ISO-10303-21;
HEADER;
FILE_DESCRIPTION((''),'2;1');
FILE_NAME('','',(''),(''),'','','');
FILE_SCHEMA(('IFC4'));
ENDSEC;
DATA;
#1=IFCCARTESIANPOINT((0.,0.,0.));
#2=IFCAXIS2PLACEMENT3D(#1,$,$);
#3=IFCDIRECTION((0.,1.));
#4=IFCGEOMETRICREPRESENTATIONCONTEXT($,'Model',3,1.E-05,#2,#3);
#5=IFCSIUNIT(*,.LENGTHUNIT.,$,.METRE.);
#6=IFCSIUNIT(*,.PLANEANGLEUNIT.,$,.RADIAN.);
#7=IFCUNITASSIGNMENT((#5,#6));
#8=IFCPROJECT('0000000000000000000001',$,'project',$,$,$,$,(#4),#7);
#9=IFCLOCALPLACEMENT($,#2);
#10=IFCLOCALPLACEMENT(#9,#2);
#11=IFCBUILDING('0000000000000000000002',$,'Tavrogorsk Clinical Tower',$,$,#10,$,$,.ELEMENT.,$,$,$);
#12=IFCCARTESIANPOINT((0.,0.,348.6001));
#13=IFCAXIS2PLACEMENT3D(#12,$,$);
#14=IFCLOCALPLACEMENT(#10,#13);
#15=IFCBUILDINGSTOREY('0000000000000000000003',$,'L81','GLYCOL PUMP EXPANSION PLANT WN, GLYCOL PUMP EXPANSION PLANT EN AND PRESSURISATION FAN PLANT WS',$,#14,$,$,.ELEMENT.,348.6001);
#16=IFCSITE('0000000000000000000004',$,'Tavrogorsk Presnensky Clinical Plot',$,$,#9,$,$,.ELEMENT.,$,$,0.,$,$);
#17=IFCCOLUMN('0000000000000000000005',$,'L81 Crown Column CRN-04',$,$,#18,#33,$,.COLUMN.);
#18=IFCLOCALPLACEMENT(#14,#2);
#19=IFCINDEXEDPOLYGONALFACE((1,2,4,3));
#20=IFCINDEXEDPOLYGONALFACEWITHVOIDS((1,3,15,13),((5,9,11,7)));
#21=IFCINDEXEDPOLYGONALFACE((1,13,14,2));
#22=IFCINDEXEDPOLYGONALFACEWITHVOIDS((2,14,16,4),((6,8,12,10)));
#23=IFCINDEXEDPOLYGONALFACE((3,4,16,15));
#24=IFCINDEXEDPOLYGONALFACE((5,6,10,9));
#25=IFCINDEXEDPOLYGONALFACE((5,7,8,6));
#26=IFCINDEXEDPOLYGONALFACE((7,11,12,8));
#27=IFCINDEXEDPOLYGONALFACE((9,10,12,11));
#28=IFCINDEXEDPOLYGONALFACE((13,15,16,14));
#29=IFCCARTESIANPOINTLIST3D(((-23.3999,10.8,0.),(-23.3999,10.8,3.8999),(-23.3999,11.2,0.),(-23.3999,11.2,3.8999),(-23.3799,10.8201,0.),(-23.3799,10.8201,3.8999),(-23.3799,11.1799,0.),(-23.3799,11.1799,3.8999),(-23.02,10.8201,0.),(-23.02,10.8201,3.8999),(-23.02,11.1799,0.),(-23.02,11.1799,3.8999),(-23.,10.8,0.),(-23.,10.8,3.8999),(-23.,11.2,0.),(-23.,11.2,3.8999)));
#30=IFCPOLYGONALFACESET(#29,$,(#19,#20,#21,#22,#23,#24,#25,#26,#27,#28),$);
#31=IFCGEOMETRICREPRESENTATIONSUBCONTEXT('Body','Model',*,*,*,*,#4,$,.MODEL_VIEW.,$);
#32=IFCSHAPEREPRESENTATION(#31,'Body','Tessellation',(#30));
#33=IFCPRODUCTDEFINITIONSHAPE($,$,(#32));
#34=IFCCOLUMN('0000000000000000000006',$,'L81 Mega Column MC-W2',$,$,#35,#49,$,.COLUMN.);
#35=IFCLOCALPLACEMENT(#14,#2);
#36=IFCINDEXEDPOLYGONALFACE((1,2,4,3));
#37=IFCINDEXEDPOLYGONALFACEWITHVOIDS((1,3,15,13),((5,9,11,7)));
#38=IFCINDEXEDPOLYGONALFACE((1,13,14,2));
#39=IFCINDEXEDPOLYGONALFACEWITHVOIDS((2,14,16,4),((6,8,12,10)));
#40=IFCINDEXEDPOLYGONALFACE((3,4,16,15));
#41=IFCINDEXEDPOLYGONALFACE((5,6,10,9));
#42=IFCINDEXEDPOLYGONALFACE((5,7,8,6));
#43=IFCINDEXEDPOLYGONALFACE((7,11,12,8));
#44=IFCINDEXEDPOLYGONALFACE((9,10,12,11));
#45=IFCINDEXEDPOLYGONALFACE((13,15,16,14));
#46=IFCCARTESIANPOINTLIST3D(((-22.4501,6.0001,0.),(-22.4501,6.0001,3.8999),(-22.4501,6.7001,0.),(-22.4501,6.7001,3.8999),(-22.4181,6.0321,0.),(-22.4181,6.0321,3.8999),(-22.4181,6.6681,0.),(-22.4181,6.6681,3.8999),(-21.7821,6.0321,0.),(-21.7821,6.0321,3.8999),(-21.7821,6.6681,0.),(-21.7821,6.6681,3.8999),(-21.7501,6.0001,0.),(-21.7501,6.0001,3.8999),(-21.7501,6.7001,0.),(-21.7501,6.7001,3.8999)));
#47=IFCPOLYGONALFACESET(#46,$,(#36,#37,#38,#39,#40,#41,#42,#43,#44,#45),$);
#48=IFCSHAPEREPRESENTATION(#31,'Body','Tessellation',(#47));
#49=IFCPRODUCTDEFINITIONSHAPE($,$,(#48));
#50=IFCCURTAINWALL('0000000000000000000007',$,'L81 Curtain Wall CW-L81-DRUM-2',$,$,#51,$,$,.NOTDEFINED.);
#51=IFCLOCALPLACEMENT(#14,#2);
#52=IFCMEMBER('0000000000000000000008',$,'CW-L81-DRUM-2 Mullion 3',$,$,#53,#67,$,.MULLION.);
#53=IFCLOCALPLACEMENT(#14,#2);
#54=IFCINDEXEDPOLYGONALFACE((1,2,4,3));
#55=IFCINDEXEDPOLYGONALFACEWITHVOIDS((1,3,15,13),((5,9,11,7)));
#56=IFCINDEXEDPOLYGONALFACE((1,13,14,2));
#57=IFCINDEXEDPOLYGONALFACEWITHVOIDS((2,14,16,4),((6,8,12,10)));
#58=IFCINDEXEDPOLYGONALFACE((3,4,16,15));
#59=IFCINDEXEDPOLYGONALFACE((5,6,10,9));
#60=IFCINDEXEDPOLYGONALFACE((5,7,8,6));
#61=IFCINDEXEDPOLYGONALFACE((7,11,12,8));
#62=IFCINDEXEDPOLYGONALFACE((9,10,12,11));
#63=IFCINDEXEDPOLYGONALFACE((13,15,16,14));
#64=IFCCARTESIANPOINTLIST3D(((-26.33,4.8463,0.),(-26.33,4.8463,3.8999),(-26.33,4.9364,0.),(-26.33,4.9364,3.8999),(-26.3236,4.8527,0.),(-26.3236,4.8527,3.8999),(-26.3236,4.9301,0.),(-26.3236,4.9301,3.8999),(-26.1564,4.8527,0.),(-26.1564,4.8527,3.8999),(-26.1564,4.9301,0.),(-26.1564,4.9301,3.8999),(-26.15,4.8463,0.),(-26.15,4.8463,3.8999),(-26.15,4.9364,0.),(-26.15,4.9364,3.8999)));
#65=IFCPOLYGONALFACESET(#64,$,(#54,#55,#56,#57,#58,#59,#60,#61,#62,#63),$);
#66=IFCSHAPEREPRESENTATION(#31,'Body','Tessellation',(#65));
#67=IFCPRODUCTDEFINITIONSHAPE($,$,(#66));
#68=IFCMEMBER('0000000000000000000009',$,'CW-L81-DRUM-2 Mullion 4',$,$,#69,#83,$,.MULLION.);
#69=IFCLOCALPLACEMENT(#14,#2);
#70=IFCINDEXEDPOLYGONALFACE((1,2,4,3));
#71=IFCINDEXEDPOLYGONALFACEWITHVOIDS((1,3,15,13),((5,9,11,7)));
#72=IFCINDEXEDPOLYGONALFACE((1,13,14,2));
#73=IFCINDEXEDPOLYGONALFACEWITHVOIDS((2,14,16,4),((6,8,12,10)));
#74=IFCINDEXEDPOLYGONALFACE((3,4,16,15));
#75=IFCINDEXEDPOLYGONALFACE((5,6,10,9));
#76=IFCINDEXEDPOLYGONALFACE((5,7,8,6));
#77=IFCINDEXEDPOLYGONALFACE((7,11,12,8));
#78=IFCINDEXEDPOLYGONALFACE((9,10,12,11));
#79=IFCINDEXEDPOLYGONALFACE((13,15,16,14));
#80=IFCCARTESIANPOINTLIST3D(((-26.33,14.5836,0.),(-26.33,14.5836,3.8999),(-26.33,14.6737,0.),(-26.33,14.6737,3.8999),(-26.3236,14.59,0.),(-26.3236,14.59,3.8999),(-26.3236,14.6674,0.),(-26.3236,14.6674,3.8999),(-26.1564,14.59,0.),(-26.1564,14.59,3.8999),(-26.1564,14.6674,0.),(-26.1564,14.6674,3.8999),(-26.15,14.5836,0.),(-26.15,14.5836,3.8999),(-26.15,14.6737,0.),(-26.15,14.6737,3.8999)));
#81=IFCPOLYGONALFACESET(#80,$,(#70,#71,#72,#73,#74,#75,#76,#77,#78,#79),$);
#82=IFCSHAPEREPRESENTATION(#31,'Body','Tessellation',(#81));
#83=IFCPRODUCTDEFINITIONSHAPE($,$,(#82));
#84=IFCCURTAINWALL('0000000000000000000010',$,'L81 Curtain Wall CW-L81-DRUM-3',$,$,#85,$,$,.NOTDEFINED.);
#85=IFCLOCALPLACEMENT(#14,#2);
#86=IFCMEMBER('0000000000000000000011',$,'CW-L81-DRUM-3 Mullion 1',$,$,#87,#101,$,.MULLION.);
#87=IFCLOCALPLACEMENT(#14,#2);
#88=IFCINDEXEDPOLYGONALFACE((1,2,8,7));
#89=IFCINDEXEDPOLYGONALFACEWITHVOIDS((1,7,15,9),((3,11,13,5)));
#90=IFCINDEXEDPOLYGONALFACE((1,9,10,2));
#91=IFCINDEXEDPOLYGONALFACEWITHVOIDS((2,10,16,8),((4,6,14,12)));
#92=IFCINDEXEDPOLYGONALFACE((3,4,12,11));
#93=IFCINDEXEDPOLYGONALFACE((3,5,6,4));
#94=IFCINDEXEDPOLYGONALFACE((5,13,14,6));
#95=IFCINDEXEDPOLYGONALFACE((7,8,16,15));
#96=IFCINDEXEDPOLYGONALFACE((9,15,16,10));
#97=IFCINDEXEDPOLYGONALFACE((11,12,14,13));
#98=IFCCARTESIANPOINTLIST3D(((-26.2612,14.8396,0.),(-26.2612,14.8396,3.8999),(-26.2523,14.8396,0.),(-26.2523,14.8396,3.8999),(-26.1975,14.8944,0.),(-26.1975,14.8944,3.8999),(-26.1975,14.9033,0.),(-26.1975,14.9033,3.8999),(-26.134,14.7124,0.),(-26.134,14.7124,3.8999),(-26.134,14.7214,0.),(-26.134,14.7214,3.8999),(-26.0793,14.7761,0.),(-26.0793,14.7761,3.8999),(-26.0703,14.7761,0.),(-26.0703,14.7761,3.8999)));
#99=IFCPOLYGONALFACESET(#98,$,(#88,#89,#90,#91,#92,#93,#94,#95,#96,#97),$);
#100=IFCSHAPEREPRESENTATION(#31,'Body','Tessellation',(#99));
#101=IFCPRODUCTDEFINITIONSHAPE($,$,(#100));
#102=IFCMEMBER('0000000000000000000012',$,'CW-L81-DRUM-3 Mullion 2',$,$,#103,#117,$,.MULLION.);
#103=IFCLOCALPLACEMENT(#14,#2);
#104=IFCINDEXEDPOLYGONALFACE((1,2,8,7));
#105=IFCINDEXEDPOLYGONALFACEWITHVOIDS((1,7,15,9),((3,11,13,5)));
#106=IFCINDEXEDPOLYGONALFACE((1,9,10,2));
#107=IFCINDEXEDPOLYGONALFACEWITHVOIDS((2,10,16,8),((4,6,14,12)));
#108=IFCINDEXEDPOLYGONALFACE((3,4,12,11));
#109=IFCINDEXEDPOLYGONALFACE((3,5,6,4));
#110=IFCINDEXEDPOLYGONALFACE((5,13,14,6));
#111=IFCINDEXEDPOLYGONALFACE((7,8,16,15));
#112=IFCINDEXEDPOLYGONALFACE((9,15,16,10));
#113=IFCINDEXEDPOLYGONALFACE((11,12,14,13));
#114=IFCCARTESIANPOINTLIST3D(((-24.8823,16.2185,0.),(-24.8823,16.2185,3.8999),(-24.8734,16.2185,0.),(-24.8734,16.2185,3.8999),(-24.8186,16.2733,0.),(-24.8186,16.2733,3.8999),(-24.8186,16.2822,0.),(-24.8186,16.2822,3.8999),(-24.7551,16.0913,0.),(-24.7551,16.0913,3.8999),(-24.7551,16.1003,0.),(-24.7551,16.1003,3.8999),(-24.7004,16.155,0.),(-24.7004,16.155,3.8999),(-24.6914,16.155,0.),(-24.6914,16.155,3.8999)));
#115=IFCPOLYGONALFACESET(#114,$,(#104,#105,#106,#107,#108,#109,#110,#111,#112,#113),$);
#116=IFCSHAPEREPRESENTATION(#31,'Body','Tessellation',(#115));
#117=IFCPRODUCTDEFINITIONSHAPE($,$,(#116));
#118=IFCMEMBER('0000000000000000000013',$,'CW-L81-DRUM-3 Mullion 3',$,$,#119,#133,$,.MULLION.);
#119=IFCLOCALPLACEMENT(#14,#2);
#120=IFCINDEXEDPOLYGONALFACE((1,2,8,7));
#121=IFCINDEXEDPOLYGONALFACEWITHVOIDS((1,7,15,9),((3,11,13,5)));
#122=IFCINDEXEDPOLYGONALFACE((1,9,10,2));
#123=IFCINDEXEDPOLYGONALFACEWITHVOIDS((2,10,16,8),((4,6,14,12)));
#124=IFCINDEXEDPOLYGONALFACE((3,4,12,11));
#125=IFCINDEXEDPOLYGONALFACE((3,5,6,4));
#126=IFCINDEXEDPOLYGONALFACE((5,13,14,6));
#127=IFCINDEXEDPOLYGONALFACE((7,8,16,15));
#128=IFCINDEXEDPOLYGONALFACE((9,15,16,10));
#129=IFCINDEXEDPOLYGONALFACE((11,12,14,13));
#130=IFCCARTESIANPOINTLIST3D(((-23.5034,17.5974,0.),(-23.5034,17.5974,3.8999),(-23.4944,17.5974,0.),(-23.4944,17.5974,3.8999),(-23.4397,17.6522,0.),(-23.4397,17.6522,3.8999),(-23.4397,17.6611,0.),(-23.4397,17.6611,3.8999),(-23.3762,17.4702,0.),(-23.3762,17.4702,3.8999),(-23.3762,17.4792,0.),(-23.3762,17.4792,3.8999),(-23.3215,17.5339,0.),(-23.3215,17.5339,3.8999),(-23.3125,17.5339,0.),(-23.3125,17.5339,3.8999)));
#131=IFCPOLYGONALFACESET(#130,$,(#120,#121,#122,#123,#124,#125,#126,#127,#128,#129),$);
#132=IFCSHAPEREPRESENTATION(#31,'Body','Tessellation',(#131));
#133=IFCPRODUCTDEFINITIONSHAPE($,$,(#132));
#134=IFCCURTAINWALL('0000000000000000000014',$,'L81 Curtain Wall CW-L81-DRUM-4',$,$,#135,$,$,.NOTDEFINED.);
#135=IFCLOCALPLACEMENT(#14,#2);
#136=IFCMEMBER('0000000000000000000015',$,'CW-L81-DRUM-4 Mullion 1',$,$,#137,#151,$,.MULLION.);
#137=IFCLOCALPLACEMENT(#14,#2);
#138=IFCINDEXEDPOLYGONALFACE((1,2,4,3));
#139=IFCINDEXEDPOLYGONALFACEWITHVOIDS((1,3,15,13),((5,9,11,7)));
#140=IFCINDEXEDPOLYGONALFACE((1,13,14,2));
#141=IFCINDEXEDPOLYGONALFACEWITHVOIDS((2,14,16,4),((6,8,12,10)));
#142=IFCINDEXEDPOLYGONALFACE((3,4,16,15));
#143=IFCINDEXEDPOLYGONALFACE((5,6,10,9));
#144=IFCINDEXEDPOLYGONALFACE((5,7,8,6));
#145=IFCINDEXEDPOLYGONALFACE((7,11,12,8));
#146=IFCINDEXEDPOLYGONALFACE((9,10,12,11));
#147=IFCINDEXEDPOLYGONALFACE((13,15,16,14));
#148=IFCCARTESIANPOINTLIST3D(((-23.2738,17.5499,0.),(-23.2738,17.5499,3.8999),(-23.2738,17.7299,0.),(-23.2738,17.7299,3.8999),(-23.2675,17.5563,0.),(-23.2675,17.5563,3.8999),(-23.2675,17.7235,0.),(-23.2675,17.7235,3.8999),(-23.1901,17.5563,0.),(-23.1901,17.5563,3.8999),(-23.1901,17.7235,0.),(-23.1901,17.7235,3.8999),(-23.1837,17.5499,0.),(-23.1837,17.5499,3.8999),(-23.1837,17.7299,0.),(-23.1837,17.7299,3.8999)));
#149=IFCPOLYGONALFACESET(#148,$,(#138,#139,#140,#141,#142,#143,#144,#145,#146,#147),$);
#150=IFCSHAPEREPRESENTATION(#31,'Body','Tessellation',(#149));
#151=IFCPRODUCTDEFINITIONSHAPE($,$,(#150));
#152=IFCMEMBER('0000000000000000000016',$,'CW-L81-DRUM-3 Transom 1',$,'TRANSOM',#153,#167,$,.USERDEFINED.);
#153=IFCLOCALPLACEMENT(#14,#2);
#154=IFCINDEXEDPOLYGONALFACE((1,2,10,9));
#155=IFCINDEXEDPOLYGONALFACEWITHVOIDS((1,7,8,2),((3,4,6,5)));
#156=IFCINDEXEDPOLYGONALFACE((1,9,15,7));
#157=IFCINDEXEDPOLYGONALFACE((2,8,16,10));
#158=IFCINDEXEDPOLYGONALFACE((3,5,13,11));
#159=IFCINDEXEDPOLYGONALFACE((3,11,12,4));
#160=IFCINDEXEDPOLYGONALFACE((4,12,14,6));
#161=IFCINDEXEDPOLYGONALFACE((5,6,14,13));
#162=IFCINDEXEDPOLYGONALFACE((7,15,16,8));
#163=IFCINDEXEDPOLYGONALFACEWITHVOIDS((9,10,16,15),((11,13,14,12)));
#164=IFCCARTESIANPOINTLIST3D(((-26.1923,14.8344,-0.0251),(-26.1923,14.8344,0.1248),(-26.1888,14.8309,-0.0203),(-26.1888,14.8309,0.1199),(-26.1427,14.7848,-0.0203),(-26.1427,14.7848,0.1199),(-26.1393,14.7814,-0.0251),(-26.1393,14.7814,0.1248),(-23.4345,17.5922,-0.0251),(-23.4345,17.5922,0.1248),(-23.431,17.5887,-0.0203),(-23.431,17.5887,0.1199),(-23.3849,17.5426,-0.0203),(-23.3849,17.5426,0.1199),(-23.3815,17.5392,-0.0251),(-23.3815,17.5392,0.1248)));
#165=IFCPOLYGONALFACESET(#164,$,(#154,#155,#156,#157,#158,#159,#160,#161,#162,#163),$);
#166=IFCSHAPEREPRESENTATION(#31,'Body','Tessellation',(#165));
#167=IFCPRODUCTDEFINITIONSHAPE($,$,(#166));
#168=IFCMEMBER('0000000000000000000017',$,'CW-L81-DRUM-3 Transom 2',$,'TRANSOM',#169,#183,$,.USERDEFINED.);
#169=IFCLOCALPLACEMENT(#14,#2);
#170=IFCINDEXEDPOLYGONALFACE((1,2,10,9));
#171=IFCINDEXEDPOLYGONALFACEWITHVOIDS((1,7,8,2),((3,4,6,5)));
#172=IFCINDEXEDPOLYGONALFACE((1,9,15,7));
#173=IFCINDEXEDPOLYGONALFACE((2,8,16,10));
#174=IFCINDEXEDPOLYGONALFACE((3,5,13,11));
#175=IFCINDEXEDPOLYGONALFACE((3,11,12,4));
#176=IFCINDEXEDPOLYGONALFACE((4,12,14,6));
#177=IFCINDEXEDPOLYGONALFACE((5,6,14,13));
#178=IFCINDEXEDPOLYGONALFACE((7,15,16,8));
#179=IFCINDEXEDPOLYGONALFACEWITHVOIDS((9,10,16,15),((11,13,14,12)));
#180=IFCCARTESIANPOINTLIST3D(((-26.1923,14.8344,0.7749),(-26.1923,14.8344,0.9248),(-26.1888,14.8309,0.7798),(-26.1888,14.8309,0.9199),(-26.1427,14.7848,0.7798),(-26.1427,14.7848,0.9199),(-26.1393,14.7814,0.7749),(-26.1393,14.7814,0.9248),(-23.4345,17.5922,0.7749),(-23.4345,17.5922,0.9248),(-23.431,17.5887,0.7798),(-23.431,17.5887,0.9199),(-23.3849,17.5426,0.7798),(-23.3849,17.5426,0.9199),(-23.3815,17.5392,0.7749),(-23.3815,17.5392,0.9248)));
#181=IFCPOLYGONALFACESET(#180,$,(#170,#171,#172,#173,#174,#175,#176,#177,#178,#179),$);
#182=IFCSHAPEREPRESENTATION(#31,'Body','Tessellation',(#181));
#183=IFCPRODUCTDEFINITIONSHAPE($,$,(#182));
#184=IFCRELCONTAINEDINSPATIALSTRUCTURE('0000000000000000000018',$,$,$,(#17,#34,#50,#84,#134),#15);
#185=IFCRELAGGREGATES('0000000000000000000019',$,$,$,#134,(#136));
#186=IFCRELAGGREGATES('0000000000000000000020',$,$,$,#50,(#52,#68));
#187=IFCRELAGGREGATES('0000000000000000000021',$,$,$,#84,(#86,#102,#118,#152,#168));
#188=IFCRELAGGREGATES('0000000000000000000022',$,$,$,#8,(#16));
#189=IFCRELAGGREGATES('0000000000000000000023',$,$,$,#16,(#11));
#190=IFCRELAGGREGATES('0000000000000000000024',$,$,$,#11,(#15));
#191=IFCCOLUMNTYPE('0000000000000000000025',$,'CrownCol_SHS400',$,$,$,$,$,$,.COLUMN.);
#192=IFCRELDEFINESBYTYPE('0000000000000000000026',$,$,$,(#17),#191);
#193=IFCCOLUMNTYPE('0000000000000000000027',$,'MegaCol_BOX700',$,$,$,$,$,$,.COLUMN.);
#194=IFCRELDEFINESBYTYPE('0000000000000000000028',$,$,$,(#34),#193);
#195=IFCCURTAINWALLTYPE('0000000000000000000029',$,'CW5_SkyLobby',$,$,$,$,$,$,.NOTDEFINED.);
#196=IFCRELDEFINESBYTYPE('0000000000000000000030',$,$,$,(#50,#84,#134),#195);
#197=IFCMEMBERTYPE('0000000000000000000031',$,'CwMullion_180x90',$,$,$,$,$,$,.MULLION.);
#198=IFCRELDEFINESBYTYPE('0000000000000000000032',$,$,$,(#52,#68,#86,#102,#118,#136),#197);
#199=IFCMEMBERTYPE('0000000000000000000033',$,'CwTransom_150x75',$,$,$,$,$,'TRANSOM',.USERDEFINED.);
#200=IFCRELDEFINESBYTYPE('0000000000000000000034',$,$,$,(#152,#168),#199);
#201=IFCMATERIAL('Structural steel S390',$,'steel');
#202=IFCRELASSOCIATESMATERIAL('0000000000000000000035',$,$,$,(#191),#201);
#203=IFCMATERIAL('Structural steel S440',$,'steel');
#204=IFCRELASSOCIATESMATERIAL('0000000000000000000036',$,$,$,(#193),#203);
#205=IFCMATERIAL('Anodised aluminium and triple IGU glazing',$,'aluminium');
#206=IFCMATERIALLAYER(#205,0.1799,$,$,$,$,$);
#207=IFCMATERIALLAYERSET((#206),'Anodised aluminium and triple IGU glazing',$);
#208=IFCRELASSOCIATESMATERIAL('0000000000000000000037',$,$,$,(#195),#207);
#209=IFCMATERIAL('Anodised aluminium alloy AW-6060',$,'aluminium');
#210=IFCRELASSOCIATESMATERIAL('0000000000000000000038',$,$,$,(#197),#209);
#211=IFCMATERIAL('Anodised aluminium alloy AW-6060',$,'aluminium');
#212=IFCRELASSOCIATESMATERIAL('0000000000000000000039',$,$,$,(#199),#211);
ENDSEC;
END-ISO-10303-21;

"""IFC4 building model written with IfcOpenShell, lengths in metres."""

from ifc_helpers import new_model, si_unit, direction, frame, origin, origin_2d, place, context, subcontext, project, spatial, hollow_rectangle, extrude, material, layer, layer_set, material_profile, profile_set, type_object, element, aggregate, save


model = new_model("IFC4")

# Units and contexts
model_context = context("Model", 3, precision=1e-05, world=origin(), true_north=direction((0.0, 1.0)))
body_context = subcontext(model_context, "Body", "Model", "MODEL_VIEW")
ifc_project = project(units=[si_unit("LENGTHUNIT", "METRE"), si_unit("PLANEANGLEUNIT", "RADIAN")], contexts=[model_context])

# Site, building, storey
site_placement = place(None, origin())
site = spatial("IfcSite", under=ifc_project, at=site_placement, Name="Tavrogorsk Presnensky Clinical Plot", CompositionType="ELEMENT", RefElevation=0.0)
building_placement = place(site_placement, origin())
building = spatial("IfcBuilding", under=site, at=building_placement, Name="Tavrogorsk Clinical Tower", CompositionType="ELEMENT")
storey_placement = place(building_placement, frame((0.0, 0.0, 348.6001)))
storey = spatial("IfcBuildingStorey", under=building, at=storey_placement, Name="L81", Description="GLYCOL PUMP EXPANSION PLANT WN, GLYCOL PUMP EXPANSION PLANT EN AND PRESSURISATION FAN PLANT WS", CompositionType="ELEMENT", Elevation=348.6001)

# Columns
ifc_material_1 = material(Name="Structural steel S390", Category="steel")
ifc_material_profile_1 = material_profile(ifc_material_1, hollow_rectangle(XDim=0.3999, YDim=0.3999, WallThickness=0.02, at=origin_2d()), Name="SHS-400x400x20")
ifc_profile_set_1 = profile_set([ifc_material_profile_1], Name="Structural steel S390")
column_type_1 = type_object("IfcColumnType", Name="CrownCol_SHS400", PredefinedType="COLUMN", material=ifc_profile_set_1)
column_1_placement = place(storey_placement, frame((-23.2, 11.0, 0.0), z_axis=(0.0, 0.0, 1.0), x_axis=(1.0, 0.0, 0.0)))
element("IfcColumn", 1, at=column_1_placement, inside=storey, type_object=column_type_1, Name="L81 Crown Column CRN-04", PredefinedType="COLUMN", context=body_context, shape_type="SweptSolid", body=[
    extrude(hollow_rectangle(XDim=0.3999, YDim=0.3999, WallThickness=0.02, at=origin_2d()), origin(), (0.0, 0.0, 1.0), 3.8999),
])
ifc_material_2 = material(Name="Structural steel S440", Category="steel")
ifc_material_profile_2 = material_profile(ifc_material_2, hollow_rectangle(XDim=0.7, YDim=0.7, WallThickness=0.032, at=origin_2d()), Name="BOX-700x700x32")
ifc_profile_set_2 = profile_set([ifc_material_profile_2], Name="Structural steel S440")
column_type_2 = type_object("IfcColumnType", Name="MegaCol_BOX700", PredefinedType="COLUMN", material=ifc_profile_set_2)
column_2_placement = place(storey_placement, frame((-22.1001, 6.3501, 0.0), z_axis=(0.0, 0.0, 1.0), x_axis=(1.0, 0.0, 0.0)))
element("IfcColumn", 2, at=column_2_placement, inside=storey, type_object=column_type_2, Name="L81 Mega Column MC-W2", PredefinedType="COLUMN", context=body_context, shape_type="SweptSolid", body=[
    extrude(hollow_rectangle(XDim=0.7, YDim=0.7, WallThickness=0.032, at=origin_2d()), origin(), (0.0, 0.0, 1.0), 3.8999),
])

# Curtain walls, members
ifc_material_3 = material(Name="Anodised aluminium and triple IGU glazing", Category="aluminium")
ifc_layer_1 = layer(ifc_material_3, 0.1799)
ifc_layer_set_1 = layer_set([ifc_layer_1], Name="Anodised aluminium and triple IGU glazing")
curtain_wall_type = type_object("IfcCurtainWallType", Name="CW5_SkyLobby", PredefinedType="NOTDEFINED", material=ifc_layer_set_1)
curtain_wall_1_placement = place(storey_placement, origin())
curtain_wall_1 = element("IfcCurtainWall", 3, at=curtain_wall_1_placement, inside=storey, type_object=curtain_wall_type, Name="L81 Curtain Wall CW-L81-DRUM-2", PredefinedType="NOTDEFINED")
ifc_material_4 = material(Name="Anodised aluminium alloy AW-6060", Category="aluminium")
ifc_material_profile_3 = material_profile(ifc_material_4, hollow_rectangle(XDim=0.0901, YDim=0.1799, WallThickness=0.0063, at=origin_2d()), Name="RHS-180x90x6.3")
ifc_profile_set_3 = profile_set([ifc_material_profile_3], Name="Anodised aluminium alloy AW-6060")
member_type_1 = type_object("IfcMemberType", Name="CwMullion_180x90", PredefinedType="MULLION", material=ifc_profile_set_3)
member_1_placement = place(storey_placement, frame((-26.24, 4.8914, 0.0), z_axis=(0.0, 0.0, 1.0), x_axis=(0.0, 1.0, 0.0)))
member_1 = element("IfcMember", 4, at=member_1_placement, type_object=member_type_1, Name="CW-L81-DRUM-2 Mullion 3", PredefinedType="MULLION", context=body_context, shape_type="SweptSolid", body=[
    extrude(hollow_rectangle(XDim=0.0901, YDim=0.1799, WallThickness=0.0063, at=origin_2d()), origin(), (0.0, 0.0, 1.0), 3.8999),
])
member_2_placement = place(storey_placement, frame((-26.24, 14.6287, 0.0), z_axis=(0.0, 0.0, 1.0), x_axis=(0.0, 1.0, 0.0)))
member_2 = element("IfcMember", 5, at=member_2_placement, type_object=member_type_1, Name="CW-L81-DRUM-2 Mullion 4", PredefinedType="MULLION", context=body_context, shape_type="SweptSolid", body=[
    extrude(hollow_rectangle(XDim=0.0901, YDim=0.1799, WallThickness=0.0063, at=origin_2d()), origin(), (0.0, 0.0, 1.0), 3.8999),
])
curtain_wall_2_placement = place(storey_placement, origin())
curtain_wall_2 = element("IfcCurtainWall", 6, at=curtain_wall_2_placement, inside=storey, type_object=curtain_wall_type, Name="L81 Curtain Wall CW-L81-DRUM-3", PredefinedType="NOTDEFINED")
member_3_placement = place(storey_placement, frame((-26.1658, 14.8079, 0.0), z_axis=(0.0, 0.0, 1.0), x_axis=(0.707107, 0.707107, 0.0)))
member_3 = element("IfcMember", 7, at=member_3_placement, type_object=member_type_1, Name="CW-L81-DRUM-3 Mullion 1", PredefinedType="MULLION", context=body_context, shape_type="SweptSolid", body=[
    extrude(hollow_rectangle(XDim=0.0901, YDim=0.1799, WallThickness=0.0063, at=origin_2d()), origin(), (0.0, 0.0, 1.0), 3.8999),
])
member_4_placement = place(storey_placement, frame((-24.7869, 16.1868, 0.0), z_axis=(0.0, 0.0, 1.0), x_axis=(0.707107, 0.707107, 0.0)))
member_4 = element("IfcMember", 8, at=member_4_placement, type_object=member_type_1, Name="CW-L81-DRUM-3 Mullion 2", PredefinedType="MULLION", context=body_context, shape_type="SweptSolid", body=[
    extrude(hollow_rectangle(XDim=0.0901, YDim=0.1799, WallThickness=0.0063, at=origin_2d()), origin(), (0.0, 0.0, 1.0), 3.8999),
])
member_5_placement = place(storey_placement, frame((-23.408, 17.5657, 0.0), z_axis=(0.0, 0.0, 1.0), x_axis=(0.707107, 0.707107, 0.0)))
member_5 = element("IfcMember", 9, at=member_5_placement, type_object=member_type_1, Name="CW-L81-DRUM-3 Mullion 3", PredefinedType="MULLION", context=body_context, shape_type="SweptSolid", body=[
    extrude(hollow_rectangle(XDim=0.0901, YDim=0.1799, WallThickness=0.0063, at=origin_2d()), origin(), (0.0, 0.0, 1.0), 3.8999),
])

# Curtain wall, member
curtain_wall_3_placement = place(storey_placement, origin())
curtain_wall_3 = element("IfcCurtainWall", 10, at=curtain_wall_3_placement, inside=storey, type_object=curtain_wall_type, Name="L81 Curtain Wall CW-L81-DRUM-4", PredefinedType="NOTDEFINED")
member_6_placement = place(storey_placement, frame((-23.2288, 17.6399, 0.0), z_axis=(0.0, 0.0, 1.0), x_axis=(1.0, 0.0, 0.0)))
member_6 = element("IfcMember", 11, at=member_6_placement, type_object=member_type_1, Name="CW-L81-DRUM-4 Mullion 1", PredefinedType="MULLION", context=body_context, shape_type="SweptSolid", body=[
    extrude(hollow_rectangle(XDim=0.0901, YDim=0.1799, WallThickness=0.0063, at=origin_2d()), origin(), (0.0, 0.0, 1.0), 3.8999),
])

# Members
ifc_material_5 = material(Name="Anodised aluminium alloy AW-6060", Category="aluminium")
ifc_material_profile_4 = material_profile(ifc_material_5, hollow_rectangle(XDim=0.075, YDim=0.1499, WallThickness=0.0049, at=origin_2d()), Name="RHS-150x75x5")
ifc_profile_set_4 = profile_set([ifc_material_profile_4], Name="Anodised aluminium alloy AW-6060")
member_type_2 = type_object("IfcMemberType", Name="CwTransom_150x75", ElementType="TRANSOM", PredefinedType="USERDEFINED", material=ifc_profile_set_4)
member_7_placement = place(storey_placement, frame((-26.1658, 14.8079, 0.0498), z_axis=(0.707107, 0.707107, 0.0), x_axis=(-0.707107, 0.707107, 0.0)))
member_7 = element("IfcMember", 12, at=member_7_placement, type_object=member_type_2, Name="CW-L81-DRUM-3 Transom 1", ObjectType="TRANSOM", PredefinedType="USERDEFINED", context=body_context, shape_type="SweptSolid", body=[
    extrude(hollow_rectangle(XDim=0.075, YDim=0.1499, WallThickness=0.0049, at=origin_2d()), origin(), (0.0, 0.0, 1.0), 3.9001),
])
member_8_placement = place(storey_placement, frame((-26.1658, 14.8079, 0.8499), z_axis=(0.707107, 0.707107, 0.0), x_axis=(-0.707107, 0.707107, 0.0)))
member_8 = element("IfcMember", 13, at=member_8_placement, type_object=member_type_2, Name="CW-L81-DRUM-3 Transom 2", ObjectType="TRANSOM", PredefinedType="USERDEFINED", context=body_context, shape_type="SweptSolid", body=[
    extrude(hollow_rectangle(XDim=0.075, YDim=0.1499, WallThickness=0.0049, at=origin_2d()), origin(), (0.0, 0.0, 1.0), 3.9001),
])
aggregate(curtain_wall_3, [member_6])

aggregate(curtain_wall_1, [member_1, member_2])
aggregate(curtain_wall_2, [member_3, member_4, member_5, member_7, member_8])

save(model, "model.ifc")
